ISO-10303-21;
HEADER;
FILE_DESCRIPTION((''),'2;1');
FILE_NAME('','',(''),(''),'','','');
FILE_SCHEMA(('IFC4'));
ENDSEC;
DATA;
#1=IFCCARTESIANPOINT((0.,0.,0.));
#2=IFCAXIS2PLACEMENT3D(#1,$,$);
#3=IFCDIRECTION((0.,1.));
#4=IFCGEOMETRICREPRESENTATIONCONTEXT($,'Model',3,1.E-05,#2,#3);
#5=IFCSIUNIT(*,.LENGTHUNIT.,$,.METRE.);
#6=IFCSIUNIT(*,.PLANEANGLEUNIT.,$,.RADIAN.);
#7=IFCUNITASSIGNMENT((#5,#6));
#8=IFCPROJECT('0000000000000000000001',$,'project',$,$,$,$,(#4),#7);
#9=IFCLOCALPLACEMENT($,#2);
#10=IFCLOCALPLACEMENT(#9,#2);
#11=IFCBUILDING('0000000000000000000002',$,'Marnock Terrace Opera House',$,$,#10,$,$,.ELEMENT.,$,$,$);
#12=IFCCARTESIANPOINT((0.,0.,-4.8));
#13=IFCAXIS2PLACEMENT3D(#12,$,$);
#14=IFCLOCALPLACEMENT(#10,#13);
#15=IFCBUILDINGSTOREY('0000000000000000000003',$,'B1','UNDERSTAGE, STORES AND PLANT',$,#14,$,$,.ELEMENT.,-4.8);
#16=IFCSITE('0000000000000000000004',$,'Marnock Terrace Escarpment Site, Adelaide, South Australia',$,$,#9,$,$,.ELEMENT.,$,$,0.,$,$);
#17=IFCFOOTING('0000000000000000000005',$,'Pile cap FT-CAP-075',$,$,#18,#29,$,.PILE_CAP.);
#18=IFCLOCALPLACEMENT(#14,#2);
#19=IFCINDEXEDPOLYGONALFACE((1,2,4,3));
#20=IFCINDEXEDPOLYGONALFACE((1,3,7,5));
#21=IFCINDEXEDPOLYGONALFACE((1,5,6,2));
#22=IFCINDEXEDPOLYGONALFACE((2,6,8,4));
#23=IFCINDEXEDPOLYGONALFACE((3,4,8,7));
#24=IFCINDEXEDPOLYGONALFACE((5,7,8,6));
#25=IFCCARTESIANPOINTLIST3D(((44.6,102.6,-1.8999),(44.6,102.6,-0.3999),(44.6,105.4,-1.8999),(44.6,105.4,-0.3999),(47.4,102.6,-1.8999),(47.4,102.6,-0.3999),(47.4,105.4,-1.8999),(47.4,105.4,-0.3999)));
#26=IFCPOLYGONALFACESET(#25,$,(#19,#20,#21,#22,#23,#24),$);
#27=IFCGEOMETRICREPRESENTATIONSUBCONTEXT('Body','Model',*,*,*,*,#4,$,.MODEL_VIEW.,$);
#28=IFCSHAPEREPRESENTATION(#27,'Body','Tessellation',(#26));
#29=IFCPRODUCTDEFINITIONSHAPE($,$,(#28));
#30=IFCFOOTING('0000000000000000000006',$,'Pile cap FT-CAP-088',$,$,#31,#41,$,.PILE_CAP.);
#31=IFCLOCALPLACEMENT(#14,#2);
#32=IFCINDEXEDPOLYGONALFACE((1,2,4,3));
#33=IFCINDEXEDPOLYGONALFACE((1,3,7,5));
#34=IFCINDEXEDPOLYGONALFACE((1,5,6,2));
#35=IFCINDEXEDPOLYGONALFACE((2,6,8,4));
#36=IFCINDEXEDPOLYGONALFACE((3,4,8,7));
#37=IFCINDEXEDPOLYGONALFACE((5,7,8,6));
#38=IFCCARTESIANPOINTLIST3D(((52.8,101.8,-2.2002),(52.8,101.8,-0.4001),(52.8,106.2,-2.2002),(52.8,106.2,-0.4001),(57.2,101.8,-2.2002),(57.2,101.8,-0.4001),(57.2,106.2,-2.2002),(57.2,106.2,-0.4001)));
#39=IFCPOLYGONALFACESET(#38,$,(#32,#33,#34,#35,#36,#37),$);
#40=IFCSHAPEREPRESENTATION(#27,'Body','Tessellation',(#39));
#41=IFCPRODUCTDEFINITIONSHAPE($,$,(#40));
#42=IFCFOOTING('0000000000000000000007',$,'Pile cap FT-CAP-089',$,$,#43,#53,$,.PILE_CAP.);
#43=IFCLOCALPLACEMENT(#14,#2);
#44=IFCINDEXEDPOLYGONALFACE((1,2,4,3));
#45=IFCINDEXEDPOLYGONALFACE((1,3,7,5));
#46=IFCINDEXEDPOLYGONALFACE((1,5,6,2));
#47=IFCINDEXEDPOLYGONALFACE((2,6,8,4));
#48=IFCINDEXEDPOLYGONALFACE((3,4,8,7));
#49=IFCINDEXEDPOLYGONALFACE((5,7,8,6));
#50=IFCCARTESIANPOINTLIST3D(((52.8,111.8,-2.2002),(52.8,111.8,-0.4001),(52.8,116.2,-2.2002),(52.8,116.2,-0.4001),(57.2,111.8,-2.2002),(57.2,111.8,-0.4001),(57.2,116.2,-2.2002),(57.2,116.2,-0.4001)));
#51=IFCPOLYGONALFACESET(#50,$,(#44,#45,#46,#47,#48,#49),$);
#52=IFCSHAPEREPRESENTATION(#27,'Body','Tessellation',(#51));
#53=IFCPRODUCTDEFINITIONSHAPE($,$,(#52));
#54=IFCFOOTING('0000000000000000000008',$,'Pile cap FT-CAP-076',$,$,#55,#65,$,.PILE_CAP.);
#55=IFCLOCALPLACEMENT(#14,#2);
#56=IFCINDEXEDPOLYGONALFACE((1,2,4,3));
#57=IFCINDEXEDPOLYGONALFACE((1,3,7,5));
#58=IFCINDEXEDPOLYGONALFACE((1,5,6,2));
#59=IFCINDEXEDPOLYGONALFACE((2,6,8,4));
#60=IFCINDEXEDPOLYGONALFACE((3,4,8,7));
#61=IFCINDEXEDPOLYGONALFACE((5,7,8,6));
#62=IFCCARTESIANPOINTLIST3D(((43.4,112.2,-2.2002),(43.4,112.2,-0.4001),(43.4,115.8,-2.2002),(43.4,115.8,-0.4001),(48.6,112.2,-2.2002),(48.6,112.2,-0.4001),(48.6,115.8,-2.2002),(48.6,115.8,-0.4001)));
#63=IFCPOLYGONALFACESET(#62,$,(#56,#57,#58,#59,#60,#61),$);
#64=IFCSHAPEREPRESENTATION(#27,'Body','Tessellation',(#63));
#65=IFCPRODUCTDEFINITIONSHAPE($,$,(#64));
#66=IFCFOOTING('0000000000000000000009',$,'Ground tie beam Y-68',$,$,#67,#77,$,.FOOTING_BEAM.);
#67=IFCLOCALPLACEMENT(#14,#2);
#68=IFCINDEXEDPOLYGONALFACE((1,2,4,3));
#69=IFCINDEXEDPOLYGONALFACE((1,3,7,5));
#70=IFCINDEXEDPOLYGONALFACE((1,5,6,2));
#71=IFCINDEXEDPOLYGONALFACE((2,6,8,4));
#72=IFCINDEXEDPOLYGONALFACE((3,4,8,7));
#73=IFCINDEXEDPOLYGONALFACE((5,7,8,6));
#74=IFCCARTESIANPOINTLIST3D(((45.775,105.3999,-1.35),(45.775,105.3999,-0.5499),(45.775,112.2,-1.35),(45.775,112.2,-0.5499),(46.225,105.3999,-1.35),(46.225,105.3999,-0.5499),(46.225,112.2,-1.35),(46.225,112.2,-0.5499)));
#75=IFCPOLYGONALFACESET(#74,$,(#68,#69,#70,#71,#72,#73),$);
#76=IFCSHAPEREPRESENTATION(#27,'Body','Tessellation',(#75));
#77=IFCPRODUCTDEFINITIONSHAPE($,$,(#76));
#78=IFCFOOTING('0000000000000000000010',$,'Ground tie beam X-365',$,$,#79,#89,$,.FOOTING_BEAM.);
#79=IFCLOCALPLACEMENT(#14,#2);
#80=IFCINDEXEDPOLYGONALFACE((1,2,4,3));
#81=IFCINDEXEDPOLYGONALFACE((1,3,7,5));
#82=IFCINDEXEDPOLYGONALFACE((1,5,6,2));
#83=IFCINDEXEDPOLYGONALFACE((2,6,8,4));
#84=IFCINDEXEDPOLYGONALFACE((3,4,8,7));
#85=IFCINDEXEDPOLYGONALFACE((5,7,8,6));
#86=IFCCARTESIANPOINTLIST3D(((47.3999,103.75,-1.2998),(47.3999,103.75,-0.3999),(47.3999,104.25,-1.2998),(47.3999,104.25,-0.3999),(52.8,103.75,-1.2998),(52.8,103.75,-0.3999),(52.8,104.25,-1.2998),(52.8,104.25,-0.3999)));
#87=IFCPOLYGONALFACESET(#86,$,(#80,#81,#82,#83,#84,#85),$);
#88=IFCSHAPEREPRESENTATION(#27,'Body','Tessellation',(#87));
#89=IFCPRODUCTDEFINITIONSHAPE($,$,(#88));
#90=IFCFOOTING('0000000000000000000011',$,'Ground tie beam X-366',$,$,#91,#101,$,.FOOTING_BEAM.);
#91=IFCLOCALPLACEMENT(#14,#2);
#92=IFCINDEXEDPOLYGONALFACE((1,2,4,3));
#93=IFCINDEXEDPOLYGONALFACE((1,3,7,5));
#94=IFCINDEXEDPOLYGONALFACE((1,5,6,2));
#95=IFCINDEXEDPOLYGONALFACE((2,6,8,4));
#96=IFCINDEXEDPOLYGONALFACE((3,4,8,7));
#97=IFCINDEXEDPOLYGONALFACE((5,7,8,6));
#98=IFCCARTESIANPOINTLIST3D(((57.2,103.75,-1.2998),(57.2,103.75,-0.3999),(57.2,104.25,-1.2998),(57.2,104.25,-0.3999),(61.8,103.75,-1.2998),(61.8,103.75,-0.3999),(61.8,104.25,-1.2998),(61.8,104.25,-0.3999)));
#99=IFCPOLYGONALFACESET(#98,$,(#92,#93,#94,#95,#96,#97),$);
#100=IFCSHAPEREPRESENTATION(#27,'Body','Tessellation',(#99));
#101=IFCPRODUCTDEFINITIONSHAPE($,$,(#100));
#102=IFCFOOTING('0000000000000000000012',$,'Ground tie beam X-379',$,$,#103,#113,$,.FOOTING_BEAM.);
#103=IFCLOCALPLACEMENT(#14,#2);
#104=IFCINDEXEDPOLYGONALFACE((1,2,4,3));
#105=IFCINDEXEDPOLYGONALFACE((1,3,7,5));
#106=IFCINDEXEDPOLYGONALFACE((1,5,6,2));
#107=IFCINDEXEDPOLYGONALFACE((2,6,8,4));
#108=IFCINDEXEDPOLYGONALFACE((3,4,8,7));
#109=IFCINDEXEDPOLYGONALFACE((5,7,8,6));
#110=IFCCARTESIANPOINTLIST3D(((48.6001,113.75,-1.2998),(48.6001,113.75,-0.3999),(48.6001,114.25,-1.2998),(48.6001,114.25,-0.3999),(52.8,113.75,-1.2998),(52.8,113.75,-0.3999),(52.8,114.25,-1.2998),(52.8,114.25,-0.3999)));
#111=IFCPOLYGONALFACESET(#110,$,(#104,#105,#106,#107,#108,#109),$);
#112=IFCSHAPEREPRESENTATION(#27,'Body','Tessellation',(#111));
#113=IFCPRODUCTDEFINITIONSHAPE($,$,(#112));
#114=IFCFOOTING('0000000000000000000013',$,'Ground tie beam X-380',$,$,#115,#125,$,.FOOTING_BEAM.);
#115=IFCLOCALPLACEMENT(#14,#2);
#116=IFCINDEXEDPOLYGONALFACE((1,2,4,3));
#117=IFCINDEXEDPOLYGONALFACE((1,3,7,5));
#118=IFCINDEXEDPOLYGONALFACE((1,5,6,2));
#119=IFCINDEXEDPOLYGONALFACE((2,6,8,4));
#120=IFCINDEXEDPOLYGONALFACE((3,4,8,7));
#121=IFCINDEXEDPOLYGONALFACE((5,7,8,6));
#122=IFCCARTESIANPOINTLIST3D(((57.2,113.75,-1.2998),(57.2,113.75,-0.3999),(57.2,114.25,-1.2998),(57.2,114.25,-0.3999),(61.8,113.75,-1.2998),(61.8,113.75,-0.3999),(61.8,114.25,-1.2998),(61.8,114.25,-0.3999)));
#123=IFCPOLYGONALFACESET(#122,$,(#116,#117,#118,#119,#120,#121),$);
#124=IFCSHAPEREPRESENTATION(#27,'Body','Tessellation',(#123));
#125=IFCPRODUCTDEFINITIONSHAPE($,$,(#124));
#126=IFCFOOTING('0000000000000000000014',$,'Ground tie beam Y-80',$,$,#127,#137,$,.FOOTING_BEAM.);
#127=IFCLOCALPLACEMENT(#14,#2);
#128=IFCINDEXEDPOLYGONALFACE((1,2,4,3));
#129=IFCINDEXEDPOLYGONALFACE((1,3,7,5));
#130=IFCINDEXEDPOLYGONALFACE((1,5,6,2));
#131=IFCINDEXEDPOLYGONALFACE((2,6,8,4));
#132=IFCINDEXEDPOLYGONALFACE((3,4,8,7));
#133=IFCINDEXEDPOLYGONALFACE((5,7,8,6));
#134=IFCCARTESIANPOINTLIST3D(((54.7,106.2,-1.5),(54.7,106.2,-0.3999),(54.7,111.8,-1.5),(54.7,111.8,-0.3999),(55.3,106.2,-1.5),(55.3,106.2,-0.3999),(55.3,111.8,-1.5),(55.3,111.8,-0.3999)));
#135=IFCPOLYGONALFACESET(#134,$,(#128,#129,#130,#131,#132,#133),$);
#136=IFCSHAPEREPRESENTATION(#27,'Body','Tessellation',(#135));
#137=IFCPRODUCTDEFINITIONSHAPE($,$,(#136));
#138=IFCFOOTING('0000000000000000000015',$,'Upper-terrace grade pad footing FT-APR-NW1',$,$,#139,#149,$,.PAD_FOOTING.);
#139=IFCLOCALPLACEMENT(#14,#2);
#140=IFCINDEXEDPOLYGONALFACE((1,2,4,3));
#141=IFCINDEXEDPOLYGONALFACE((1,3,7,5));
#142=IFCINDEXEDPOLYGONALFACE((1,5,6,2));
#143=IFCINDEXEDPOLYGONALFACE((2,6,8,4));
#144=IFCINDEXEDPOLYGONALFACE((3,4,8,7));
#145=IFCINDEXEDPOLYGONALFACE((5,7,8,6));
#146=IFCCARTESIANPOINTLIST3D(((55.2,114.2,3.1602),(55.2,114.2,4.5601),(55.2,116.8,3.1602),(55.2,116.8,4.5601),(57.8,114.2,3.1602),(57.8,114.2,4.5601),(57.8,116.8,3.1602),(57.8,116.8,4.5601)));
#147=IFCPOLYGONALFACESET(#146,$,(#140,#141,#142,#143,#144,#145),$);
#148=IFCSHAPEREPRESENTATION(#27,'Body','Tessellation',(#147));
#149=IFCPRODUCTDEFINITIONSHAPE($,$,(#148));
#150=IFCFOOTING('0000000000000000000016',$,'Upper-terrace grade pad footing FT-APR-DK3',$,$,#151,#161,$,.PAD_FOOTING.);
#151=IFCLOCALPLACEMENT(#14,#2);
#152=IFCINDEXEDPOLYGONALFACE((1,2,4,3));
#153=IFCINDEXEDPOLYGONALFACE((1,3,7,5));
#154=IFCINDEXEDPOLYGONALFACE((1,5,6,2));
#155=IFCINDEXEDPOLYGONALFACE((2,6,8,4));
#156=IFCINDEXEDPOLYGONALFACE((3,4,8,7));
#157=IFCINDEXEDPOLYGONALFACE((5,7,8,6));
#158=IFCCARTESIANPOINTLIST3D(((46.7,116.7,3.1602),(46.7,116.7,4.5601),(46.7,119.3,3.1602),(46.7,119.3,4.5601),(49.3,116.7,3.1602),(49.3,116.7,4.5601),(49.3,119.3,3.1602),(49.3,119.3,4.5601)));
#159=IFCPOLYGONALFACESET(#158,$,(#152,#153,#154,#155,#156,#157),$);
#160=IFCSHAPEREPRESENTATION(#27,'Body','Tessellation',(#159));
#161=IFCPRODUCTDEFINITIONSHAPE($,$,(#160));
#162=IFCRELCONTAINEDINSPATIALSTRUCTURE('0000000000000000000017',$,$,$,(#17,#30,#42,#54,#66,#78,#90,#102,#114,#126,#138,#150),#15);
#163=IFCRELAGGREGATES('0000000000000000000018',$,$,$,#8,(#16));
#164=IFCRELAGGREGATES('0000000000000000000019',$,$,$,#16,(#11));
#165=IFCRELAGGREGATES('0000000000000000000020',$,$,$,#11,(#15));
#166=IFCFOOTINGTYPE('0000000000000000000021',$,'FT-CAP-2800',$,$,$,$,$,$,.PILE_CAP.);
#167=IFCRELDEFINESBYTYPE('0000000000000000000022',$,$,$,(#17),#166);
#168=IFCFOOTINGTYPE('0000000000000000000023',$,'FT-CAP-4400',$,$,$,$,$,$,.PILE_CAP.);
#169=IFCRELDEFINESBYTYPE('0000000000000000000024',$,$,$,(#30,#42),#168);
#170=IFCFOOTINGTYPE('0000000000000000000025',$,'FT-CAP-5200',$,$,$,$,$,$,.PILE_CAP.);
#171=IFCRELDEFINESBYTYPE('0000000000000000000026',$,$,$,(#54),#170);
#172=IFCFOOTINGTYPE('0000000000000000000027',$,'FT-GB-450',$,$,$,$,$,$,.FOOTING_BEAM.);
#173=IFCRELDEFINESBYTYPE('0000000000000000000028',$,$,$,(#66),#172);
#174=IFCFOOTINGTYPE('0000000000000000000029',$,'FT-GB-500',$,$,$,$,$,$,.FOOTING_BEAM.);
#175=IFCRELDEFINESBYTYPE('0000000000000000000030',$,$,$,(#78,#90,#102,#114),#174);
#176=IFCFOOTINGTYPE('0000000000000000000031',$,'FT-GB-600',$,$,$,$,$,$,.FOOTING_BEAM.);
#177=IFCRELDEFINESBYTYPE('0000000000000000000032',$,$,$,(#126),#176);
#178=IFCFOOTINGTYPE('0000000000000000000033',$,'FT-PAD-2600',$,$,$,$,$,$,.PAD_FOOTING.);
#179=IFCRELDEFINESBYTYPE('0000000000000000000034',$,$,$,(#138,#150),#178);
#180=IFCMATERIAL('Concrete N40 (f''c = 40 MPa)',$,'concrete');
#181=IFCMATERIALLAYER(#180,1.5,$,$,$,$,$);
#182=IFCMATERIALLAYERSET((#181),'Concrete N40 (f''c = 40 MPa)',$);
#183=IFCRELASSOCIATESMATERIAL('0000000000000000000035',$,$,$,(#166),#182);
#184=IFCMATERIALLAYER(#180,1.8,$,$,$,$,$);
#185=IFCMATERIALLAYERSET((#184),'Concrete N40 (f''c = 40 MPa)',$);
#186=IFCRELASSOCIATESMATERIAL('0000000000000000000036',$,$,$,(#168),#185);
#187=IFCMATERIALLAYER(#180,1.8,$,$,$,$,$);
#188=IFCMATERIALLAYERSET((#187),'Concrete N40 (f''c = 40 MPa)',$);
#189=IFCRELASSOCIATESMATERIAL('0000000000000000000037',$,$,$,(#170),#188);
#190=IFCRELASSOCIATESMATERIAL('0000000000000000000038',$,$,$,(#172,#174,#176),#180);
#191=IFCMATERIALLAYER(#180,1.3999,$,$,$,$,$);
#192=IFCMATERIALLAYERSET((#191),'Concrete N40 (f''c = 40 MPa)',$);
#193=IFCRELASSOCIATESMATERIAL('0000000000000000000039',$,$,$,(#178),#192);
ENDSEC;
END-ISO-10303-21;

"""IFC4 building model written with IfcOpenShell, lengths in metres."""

from ifc_helpers import new_model, si_unit, direction, frame, origin, origin_2d, place, context, subcontext, project, spatial, rectangle, extrude, material, layer, layer_set, material_profile, profile_set, type_object, element, save


model = new_model("IFC4")

# Units and contexts
model_context = context("Model", 3, precision=1e-05, world=origin(), true_north=direction((0.0, 1.0)))
body_context = subcontext(model_context, "Body", "Model", "MODEL_VIEW")
ifc_project = project(units=[si_unit("LENGTHUNIT", "METRE"), si_unit("PLANEANGLEUNIT", "RADIAN")], contexts=[model_context])

# Site, building, storey
site_placement = place(None, origin())
site = spatial("IfcSite", under=ifc_project, at=site_placement, Name="Marnock Terrace Escarpment Site, Adelaide, South Australia", CompositionType="ELEMENT", RefElevation=0.0)
building_placement = place(site_placement, origin())
building = spatial("IfcBuilding", under=site, at=building_placement, Name="Marnock Terrace Opera House", CompositionType="ELEMENT")
storey_placement = place(building_placement, frame((0.0, 0.0, -4.8)))
storey = spatial("IfcBuildingStorey", under=building, at=storey_placement, Name="B1", Description="UNDERSTAGE, STORES AND PLANT", CompositionType="ELEMENT", Elevation=-4.8)

# Footings
ifc_material_1 = material(Name="Concrete N40 (f'c = 40 MPa)", Category="concrete")
ifc_layer_1 = layer(ifc_material_1, 1.5)
ifc_layer_set_1 = layer_set([ifc_layer_1], Name="Concrete N40 (f'c = 40 MPa)")
footing_type_1 = type_object("IfcFootingType", Name="FT-CAP-2800", PredefinedType="PILE_CAP", material=ifc_layer_set_1)
footing_1_placement = place(storey_placement, frame((46.0, 104.0, -1.8999), z_axis=(0.0, 0.0, 1.0), x_axis=(1.0, 0.0, 0.0)))
element("IfcFooting", 1, at=footing_1_placement, inside=storey, type_object=footing_type_1, Name="Pile cap FT-CAP-075", PredefinedType="PILE_CAP", context=body_context, shape_type="SweptSolid", body=[
    extrude(rectangle(XDim=2.8, YDim=2.8, at=origin_2d()), origin(), (0.0, 0.0, 1.0), 1.5),
])
ifc_layer_2 = layer(ifc_material_1, 1.8)
ifc_layer_set_2 = layer_set([ifc_layer_2], Name="Concrete N40 (f'c = 40 MPa)")
footing_type_2 = type_object("IfcFootingType", Name="FT-CAP-4400", PredefinedType="PILE_CAP", material=ifc_layer_set_2)
for number, where, z_axis, x_axis, name in (
    (2, (55.0, 104.0, -2.2002), (0.0, 0.0, 1.0), (1.0, 0.0, 0.0), "Pile cap FT-CAP-088"),
    (3, (55.0, 114.0, -2.2002), (0.0, 0.0, 1.0), (1.0, 0.0, 0.0), "Pile cap FT-CAP-089"),
):
    element("IfcFooting", number, at=place(storey_placement, frame(where, z_axis=z_axis, x_axis=x_axis)), inside=storey, type_object=footing_type_2, Name=name, PredefinedType="PILE_CAP", context=body_context, shape_type="SweptSolid", body=[
        extrude(rectangle(XDim=4.3999, YDim=4.3999, at=origin_2d()), origin(), (0.0, 0.0, 1.0), 1.8),
    ])
ifc_layer_3 = layer(ifc_material_1, 1.8)
ifc_layer_set_3 = layer_set([ifc_layer_3], Name="Concrete N40 (f'c = 40 MPa)")
footing_type_3 = type_object("IfcFootingType", Name="FT-CAP-5200", PredefinedType="PILE_CAP", material=ifc_layer_set_3)
footing_2_placement = place(storey_placement, frame((46.0, 114.0, -2.2002), z_axis=(0.0, 0.0, 1.0), x_axis=(1.0, 0.0, 0.0)))
element("IfcFooting", 4, at=footing_2_placement, inside=storey, type_object=footing_type_3, Name="Pile cap FT-CAP-076", PredefinedType="PILE_CAP", context=body_context, shape_type="SweptSolid", body=[
    extrude(rectangle(XDim=5.2, YDim=3.6001, at=origin_2d()), origin(), (0.0, 0.0, 1.0), 1.8),
])
ifc_material_profile_1 = material_profile(ifc_material_1, rectangle(XDim=0.45, YDim=0.8, at=origin_2d()))
ifc_profile_set_1 = profile_set([ifc_material_profile_1], Name="Concrete N40 (f'c = 40 MPa)")
footing_type_4 = type_object("IfcFootingType", Name="FT-GB-450", PredefinedType="FOOTING_BEAM", material=ifc_profile_set_1)
footing_3_placement = place(storey_placement, frame((46.0, 105.3999, -0.95), z_axis=(0.0, 1.0, 0.0), x_axis=(-1.0, 0.0, 0.0)))
element("IfcFooting", 5, at=footing_3_placement, inside=storey, type_object=footing_type_4, Name="Ground tie beam Y-68", PredefinedType="FOOTING_BEAM", context=body_context, shape_type="SweptSolid", body=[
    extrude(rectangle(XDim=0.45, YDim=0.8, at=origin_2d()), origin(), (0.0, 0.0, 1.0), 6.8),
])
ifc_material_profile_2 = material_profile(ifc_material_1, rectangle(XDim=0.5, YDim=0.8999, at=origin_2d()))
ifc_profile_set_2 = profile_set([ifc_material_profile_2], Name="Concrete N40 (f'c = 40 MPa)")
footing_type_5 = type_object("IfcFootingType", Name="FT-GB-500", PredefinedType="FOOTING_BEAM", material=ifc_profile_set_2)
footing_4_placement = place(storey_placement, frame((47.3999, 104.0, -0.8499), z_axis=(1.0, 0.0, 0.0), x_axis=(0.0, 1.0, 0.0)))
element("IfcFooting", 6, at=footing_4_placement, inside=storey, type_object=footing_type_5, Name="Ground tie beam X-365", PredefinedType="FOOTING_BEAM", context=body_context, shape_type="SweptSolid", body=[
    extrude(rectangle(XDim=0.5, YDim=0.8999, at=origin_2d()), origin(), (0.0, 0.0, 1.0), 5.4001),
])
footing_5_placement = place(storey_placement, frame((57.2, 104.0, -0.8499), z_axis=(1.0, 0.0, 0.0), x_axis=(0.0, 1.0, 0.0)))
element("IfcFooting", 7, at=footing_5_placement, inside=storey, type_object=footing_type_5, Name="Ground tie beam X-366", PredefinedType="FOOTING_BEAM", context=body_context, shape_type="SweptSolid", body=[
    extrude(rectangle(XDim=0.5, YDim=0.8999, at=origin_2d()), origin(), (0.0, 0.0, 1.0), 4.6001),
])
footing_6_placement = place(storey_placement, frame((48.6001, 114.0, -0.8499), z_axis=(1.0, 0.0, 0.0), x_axis=(0.0, 1.0, 0.0)))
element("IfcFooting", 8, at=footing_6_placement, inside=storey, type_object=footing_type_5, Name="Ground tie beam X-379", PredefinedType="FOOTING_BEAM", context=body_context, shape_type="SweptSolid", body=[
    extrude(rectangle(XDim=0.5, YDim=0.8999, at=origin_2d()), origin(), (0.0, 0.0, 1.0), 4.2),
])
footing_7_placement = place(storey_placement, frame((57.2, 114.0, -0.8499), z_axis=(1.0, 0.0, 0.0), x_axis=(0.0, 1.0, 0.0)))
element("IfcFooting", 9, at=footing_7_placement, inside=storey, type_object=footing_type_5, Name="Ground tie beam X-380", PredefinedType="FOOTING_BEAM", context=body_context, shape_type="SweptSolid", body=[
    extrude(rectangle(XDim=0.5, YDim=0.8999, at=origin_2d()), origin(), (0.0, 0.0, 1.0), 4.6001),
])
ifc_material_profile_3 = material_profile(ifc_material_1, rectangle(XDim=0.6001, YDim=1.1001, at=origin_2d()))
ifc_profile_set_3 = profile_set([ifc_material_profile_3], Name="Concrete N40 (f'c = 40 MPa)")
footing_type_6 = type_object("IfcFootingType", Name="FT-GB-600", PredefinedType="FOOTING_BEAM", material=ifc_profile_set_3)
footing_8_placement = place(storey_placement, frame((55.0, 106.2, -0.95), z_axis=(0.0, 1.0, 0.0), x_axis=(-1.0, 0.0, 0.0)))
element("IfcFooting", 10, at=footing_8_placement, inside=storey, type_object=footing_type_6, Name="Ground tie beam Y-80", PredefinedType="FOOTING_BEAM", context=body_context, shape_type="SweptSolid", body=[
    extrude(rectangle(XDim=0.6001, YDim=1.1001, at=origin_2d()), origin(), (0.0, 0.0, 1.0), 5.6001),
])
ifc_layer_4 = layer(ifc_material_1, 1.3999)
ifc_layer_set_4 = layer_set([ifc_layer_4], Name="Concrete N40 (f'c = 40 MPa)")
footing_type_7 = type_object("IfcFootingType", Name="FT-PAD-2600", PredefinedType="PAD_FOOTING", material=ifc_layer_set_4)
for number, where, z_axis, x_axis, name in (
    (11, (56.5, 115.5, 3.1602), (0.0, 0.0, 1.0), (1.0, 0.0, 0.0), "Upper-terrace grade pad footing FT-APR-NW1"),
    (12, (48.0, 118.0, 3.1602), (0.0, 0.0, 1.0), (1.0, 0.0, 0.0), "Upper-terrace grade pad footing FT-APR-DK3"),
):
    element("IfcFooting", number, at=place(storey_placement, frame(where, z_axis=z_axis, x_axis=x_axis)), inside=storey, type_object=footing_type_7, Name=name, PredefinedType="PAD_FOOTING", context=body_context, shape_type="SweptSolid", body=[
        extrude(rectangle(XDim=2.6001, YDim=2.6001, at=origin_2d()), origin(), (0.0, 0.0, 1.0), 1.3999),
    ])

save(model, "model.ifc")
